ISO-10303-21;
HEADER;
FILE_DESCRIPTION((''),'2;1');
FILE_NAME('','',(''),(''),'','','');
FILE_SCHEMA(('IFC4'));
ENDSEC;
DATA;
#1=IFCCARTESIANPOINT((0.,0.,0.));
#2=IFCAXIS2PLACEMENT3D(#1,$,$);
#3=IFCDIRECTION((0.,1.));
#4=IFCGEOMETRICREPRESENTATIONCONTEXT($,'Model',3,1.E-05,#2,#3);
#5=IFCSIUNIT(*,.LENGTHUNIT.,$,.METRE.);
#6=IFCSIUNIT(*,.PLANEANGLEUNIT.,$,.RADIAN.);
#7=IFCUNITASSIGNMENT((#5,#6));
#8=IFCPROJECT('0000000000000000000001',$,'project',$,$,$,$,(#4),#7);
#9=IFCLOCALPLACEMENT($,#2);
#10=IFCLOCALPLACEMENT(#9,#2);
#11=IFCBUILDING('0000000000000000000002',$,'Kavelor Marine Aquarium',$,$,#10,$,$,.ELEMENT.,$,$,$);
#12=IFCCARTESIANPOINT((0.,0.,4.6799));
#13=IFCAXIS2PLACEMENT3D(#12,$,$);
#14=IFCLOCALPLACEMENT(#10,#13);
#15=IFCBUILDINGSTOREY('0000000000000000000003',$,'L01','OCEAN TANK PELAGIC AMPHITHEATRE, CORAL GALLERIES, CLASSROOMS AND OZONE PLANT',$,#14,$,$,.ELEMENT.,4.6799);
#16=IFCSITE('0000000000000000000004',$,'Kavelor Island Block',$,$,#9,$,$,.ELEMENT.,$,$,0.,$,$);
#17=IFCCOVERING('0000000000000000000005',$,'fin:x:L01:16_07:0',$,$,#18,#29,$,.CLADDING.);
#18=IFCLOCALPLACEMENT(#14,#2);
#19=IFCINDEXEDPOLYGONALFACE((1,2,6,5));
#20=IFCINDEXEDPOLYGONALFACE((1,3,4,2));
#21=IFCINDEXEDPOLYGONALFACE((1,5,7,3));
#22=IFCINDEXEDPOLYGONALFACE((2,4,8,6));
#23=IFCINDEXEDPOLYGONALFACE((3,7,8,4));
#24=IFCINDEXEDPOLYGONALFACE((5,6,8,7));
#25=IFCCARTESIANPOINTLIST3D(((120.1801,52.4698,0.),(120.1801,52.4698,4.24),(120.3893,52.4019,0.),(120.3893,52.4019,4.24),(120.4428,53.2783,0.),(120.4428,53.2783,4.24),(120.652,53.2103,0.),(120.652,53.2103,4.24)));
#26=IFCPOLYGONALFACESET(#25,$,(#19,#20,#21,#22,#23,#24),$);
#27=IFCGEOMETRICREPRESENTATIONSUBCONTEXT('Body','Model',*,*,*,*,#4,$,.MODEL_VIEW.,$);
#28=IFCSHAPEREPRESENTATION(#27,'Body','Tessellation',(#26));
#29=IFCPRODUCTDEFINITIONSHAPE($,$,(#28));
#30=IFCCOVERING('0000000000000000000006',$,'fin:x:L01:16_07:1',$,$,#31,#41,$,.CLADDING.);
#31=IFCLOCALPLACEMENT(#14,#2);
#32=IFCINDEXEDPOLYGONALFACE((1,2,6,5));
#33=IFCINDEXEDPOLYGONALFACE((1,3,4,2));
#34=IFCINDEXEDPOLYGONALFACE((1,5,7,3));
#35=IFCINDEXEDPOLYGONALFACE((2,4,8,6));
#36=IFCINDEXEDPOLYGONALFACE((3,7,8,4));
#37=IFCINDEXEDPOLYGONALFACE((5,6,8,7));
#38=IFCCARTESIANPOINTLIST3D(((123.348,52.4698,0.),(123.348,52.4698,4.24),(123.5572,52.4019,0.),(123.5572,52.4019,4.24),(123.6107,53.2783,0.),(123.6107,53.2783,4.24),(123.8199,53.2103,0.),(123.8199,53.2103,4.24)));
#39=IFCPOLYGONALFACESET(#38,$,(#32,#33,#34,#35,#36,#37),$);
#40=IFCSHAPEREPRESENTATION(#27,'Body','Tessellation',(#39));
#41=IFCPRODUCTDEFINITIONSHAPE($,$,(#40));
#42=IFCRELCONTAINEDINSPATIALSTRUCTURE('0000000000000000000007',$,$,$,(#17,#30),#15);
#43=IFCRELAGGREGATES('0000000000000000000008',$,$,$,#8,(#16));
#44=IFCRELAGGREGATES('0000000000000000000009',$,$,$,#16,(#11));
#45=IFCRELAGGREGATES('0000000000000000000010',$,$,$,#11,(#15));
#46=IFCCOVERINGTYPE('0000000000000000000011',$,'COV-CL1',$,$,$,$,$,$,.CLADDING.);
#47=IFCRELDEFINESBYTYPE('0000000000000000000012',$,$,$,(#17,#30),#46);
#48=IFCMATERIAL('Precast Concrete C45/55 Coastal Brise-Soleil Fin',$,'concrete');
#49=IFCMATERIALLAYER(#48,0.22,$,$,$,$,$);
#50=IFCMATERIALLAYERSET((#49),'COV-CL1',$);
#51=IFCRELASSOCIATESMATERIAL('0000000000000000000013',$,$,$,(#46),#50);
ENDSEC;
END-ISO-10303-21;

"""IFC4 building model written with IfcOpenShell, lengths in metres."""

from ifc_helpers import new_model, si_unit, direction, frame, origin, origin_2d, place, context, subcontext, project, spatial, rectangle, extrude, material, layer, layer_set, type_object, element, save


model = new_model("IFC4")

# Units and contexts
model_context = context("Model", 3, precision=1e-05, world=origin(), true_north=direction((0.0, 1.0)))
body_context = subcontext(model_context, "Body", "Model", "MODEL_VIEW")
ifc_project = project(units=[si_unit("LENGTHUNIT", "METRE"), si_unit("PLANEANGLEUNIT", "RADIAN")], contexts=[model_context])

# Site, building, storey
site_placement = place(None, origin())
site = spatial("IfcSite", under=ifc_project, at=site_placement, Name="Kavelor Island Block", CompositionType="ELEMENT", RefElevation=0.0)
building_placement = place(site_placement, origin())
building = spatial("IfcBuilding", under=site, at=building_placement, Name="Kavelor Marine Aquarium", CompositionType="ELEMENT")
storey_placement = place(building_placement, frame((0.0, 0.0, 4.6799)))
storey = spatial("IfcBuildingStorey", under=building, at=storey_placement, Name="L01", Description="OCEAN TANK PELAGIC AMPHITHEATRE, CORAL GALLERIES, CLASSROOMS AND OZONE PLANT", CompositionType="ELEMENT", Elevation=4.6799)

# Coverings
ifc_material_1 = material(Name="Precast Concrete C45/55 Coastal Brise-Soleil Fin", Category="concrete")
ifc_layer_1 = layer(ifc_material_1, 0.22)
ifc_layer_set_1 = layer_set([ifc_layer_1], Name="COV-CL1")
covering_type = type_object("IfcCoveringType", Name="COV-CL1", PredefinedType="CLADDING", material=ifc_layer_set_1)
for number, where, z_axis, x_axis, name in (
    (1, (120.416, 52.8401, 0.0), (0.0, 0.0, 1.0), (0.951057, -0.309017, 0.0), "fin:x:L01:16_07:0"),
    (2, (123.584, 52.8401, 0.0), (0.0, 0.0, 1.0), (0.951057, -0.309017, 0.0), "fin:x:L01:16_07:1"),
):
    element("IfcCovering", number, at=place(storey_placement, frame(where, z_axis=z_axis, x_axis=x_axis)), inside=storey, type_object=covering_type, Name=name, PredefinedType="CLADDING", context=body_context, shape_type="SweptSolid", body=[
        extrude(rectangle(XDim=0.22, YDim=0.8501, at=origin_2d()), origin(), (0.0, 0.0, 1.0), 4.24),
    ])

save(model, "model.ifc")
